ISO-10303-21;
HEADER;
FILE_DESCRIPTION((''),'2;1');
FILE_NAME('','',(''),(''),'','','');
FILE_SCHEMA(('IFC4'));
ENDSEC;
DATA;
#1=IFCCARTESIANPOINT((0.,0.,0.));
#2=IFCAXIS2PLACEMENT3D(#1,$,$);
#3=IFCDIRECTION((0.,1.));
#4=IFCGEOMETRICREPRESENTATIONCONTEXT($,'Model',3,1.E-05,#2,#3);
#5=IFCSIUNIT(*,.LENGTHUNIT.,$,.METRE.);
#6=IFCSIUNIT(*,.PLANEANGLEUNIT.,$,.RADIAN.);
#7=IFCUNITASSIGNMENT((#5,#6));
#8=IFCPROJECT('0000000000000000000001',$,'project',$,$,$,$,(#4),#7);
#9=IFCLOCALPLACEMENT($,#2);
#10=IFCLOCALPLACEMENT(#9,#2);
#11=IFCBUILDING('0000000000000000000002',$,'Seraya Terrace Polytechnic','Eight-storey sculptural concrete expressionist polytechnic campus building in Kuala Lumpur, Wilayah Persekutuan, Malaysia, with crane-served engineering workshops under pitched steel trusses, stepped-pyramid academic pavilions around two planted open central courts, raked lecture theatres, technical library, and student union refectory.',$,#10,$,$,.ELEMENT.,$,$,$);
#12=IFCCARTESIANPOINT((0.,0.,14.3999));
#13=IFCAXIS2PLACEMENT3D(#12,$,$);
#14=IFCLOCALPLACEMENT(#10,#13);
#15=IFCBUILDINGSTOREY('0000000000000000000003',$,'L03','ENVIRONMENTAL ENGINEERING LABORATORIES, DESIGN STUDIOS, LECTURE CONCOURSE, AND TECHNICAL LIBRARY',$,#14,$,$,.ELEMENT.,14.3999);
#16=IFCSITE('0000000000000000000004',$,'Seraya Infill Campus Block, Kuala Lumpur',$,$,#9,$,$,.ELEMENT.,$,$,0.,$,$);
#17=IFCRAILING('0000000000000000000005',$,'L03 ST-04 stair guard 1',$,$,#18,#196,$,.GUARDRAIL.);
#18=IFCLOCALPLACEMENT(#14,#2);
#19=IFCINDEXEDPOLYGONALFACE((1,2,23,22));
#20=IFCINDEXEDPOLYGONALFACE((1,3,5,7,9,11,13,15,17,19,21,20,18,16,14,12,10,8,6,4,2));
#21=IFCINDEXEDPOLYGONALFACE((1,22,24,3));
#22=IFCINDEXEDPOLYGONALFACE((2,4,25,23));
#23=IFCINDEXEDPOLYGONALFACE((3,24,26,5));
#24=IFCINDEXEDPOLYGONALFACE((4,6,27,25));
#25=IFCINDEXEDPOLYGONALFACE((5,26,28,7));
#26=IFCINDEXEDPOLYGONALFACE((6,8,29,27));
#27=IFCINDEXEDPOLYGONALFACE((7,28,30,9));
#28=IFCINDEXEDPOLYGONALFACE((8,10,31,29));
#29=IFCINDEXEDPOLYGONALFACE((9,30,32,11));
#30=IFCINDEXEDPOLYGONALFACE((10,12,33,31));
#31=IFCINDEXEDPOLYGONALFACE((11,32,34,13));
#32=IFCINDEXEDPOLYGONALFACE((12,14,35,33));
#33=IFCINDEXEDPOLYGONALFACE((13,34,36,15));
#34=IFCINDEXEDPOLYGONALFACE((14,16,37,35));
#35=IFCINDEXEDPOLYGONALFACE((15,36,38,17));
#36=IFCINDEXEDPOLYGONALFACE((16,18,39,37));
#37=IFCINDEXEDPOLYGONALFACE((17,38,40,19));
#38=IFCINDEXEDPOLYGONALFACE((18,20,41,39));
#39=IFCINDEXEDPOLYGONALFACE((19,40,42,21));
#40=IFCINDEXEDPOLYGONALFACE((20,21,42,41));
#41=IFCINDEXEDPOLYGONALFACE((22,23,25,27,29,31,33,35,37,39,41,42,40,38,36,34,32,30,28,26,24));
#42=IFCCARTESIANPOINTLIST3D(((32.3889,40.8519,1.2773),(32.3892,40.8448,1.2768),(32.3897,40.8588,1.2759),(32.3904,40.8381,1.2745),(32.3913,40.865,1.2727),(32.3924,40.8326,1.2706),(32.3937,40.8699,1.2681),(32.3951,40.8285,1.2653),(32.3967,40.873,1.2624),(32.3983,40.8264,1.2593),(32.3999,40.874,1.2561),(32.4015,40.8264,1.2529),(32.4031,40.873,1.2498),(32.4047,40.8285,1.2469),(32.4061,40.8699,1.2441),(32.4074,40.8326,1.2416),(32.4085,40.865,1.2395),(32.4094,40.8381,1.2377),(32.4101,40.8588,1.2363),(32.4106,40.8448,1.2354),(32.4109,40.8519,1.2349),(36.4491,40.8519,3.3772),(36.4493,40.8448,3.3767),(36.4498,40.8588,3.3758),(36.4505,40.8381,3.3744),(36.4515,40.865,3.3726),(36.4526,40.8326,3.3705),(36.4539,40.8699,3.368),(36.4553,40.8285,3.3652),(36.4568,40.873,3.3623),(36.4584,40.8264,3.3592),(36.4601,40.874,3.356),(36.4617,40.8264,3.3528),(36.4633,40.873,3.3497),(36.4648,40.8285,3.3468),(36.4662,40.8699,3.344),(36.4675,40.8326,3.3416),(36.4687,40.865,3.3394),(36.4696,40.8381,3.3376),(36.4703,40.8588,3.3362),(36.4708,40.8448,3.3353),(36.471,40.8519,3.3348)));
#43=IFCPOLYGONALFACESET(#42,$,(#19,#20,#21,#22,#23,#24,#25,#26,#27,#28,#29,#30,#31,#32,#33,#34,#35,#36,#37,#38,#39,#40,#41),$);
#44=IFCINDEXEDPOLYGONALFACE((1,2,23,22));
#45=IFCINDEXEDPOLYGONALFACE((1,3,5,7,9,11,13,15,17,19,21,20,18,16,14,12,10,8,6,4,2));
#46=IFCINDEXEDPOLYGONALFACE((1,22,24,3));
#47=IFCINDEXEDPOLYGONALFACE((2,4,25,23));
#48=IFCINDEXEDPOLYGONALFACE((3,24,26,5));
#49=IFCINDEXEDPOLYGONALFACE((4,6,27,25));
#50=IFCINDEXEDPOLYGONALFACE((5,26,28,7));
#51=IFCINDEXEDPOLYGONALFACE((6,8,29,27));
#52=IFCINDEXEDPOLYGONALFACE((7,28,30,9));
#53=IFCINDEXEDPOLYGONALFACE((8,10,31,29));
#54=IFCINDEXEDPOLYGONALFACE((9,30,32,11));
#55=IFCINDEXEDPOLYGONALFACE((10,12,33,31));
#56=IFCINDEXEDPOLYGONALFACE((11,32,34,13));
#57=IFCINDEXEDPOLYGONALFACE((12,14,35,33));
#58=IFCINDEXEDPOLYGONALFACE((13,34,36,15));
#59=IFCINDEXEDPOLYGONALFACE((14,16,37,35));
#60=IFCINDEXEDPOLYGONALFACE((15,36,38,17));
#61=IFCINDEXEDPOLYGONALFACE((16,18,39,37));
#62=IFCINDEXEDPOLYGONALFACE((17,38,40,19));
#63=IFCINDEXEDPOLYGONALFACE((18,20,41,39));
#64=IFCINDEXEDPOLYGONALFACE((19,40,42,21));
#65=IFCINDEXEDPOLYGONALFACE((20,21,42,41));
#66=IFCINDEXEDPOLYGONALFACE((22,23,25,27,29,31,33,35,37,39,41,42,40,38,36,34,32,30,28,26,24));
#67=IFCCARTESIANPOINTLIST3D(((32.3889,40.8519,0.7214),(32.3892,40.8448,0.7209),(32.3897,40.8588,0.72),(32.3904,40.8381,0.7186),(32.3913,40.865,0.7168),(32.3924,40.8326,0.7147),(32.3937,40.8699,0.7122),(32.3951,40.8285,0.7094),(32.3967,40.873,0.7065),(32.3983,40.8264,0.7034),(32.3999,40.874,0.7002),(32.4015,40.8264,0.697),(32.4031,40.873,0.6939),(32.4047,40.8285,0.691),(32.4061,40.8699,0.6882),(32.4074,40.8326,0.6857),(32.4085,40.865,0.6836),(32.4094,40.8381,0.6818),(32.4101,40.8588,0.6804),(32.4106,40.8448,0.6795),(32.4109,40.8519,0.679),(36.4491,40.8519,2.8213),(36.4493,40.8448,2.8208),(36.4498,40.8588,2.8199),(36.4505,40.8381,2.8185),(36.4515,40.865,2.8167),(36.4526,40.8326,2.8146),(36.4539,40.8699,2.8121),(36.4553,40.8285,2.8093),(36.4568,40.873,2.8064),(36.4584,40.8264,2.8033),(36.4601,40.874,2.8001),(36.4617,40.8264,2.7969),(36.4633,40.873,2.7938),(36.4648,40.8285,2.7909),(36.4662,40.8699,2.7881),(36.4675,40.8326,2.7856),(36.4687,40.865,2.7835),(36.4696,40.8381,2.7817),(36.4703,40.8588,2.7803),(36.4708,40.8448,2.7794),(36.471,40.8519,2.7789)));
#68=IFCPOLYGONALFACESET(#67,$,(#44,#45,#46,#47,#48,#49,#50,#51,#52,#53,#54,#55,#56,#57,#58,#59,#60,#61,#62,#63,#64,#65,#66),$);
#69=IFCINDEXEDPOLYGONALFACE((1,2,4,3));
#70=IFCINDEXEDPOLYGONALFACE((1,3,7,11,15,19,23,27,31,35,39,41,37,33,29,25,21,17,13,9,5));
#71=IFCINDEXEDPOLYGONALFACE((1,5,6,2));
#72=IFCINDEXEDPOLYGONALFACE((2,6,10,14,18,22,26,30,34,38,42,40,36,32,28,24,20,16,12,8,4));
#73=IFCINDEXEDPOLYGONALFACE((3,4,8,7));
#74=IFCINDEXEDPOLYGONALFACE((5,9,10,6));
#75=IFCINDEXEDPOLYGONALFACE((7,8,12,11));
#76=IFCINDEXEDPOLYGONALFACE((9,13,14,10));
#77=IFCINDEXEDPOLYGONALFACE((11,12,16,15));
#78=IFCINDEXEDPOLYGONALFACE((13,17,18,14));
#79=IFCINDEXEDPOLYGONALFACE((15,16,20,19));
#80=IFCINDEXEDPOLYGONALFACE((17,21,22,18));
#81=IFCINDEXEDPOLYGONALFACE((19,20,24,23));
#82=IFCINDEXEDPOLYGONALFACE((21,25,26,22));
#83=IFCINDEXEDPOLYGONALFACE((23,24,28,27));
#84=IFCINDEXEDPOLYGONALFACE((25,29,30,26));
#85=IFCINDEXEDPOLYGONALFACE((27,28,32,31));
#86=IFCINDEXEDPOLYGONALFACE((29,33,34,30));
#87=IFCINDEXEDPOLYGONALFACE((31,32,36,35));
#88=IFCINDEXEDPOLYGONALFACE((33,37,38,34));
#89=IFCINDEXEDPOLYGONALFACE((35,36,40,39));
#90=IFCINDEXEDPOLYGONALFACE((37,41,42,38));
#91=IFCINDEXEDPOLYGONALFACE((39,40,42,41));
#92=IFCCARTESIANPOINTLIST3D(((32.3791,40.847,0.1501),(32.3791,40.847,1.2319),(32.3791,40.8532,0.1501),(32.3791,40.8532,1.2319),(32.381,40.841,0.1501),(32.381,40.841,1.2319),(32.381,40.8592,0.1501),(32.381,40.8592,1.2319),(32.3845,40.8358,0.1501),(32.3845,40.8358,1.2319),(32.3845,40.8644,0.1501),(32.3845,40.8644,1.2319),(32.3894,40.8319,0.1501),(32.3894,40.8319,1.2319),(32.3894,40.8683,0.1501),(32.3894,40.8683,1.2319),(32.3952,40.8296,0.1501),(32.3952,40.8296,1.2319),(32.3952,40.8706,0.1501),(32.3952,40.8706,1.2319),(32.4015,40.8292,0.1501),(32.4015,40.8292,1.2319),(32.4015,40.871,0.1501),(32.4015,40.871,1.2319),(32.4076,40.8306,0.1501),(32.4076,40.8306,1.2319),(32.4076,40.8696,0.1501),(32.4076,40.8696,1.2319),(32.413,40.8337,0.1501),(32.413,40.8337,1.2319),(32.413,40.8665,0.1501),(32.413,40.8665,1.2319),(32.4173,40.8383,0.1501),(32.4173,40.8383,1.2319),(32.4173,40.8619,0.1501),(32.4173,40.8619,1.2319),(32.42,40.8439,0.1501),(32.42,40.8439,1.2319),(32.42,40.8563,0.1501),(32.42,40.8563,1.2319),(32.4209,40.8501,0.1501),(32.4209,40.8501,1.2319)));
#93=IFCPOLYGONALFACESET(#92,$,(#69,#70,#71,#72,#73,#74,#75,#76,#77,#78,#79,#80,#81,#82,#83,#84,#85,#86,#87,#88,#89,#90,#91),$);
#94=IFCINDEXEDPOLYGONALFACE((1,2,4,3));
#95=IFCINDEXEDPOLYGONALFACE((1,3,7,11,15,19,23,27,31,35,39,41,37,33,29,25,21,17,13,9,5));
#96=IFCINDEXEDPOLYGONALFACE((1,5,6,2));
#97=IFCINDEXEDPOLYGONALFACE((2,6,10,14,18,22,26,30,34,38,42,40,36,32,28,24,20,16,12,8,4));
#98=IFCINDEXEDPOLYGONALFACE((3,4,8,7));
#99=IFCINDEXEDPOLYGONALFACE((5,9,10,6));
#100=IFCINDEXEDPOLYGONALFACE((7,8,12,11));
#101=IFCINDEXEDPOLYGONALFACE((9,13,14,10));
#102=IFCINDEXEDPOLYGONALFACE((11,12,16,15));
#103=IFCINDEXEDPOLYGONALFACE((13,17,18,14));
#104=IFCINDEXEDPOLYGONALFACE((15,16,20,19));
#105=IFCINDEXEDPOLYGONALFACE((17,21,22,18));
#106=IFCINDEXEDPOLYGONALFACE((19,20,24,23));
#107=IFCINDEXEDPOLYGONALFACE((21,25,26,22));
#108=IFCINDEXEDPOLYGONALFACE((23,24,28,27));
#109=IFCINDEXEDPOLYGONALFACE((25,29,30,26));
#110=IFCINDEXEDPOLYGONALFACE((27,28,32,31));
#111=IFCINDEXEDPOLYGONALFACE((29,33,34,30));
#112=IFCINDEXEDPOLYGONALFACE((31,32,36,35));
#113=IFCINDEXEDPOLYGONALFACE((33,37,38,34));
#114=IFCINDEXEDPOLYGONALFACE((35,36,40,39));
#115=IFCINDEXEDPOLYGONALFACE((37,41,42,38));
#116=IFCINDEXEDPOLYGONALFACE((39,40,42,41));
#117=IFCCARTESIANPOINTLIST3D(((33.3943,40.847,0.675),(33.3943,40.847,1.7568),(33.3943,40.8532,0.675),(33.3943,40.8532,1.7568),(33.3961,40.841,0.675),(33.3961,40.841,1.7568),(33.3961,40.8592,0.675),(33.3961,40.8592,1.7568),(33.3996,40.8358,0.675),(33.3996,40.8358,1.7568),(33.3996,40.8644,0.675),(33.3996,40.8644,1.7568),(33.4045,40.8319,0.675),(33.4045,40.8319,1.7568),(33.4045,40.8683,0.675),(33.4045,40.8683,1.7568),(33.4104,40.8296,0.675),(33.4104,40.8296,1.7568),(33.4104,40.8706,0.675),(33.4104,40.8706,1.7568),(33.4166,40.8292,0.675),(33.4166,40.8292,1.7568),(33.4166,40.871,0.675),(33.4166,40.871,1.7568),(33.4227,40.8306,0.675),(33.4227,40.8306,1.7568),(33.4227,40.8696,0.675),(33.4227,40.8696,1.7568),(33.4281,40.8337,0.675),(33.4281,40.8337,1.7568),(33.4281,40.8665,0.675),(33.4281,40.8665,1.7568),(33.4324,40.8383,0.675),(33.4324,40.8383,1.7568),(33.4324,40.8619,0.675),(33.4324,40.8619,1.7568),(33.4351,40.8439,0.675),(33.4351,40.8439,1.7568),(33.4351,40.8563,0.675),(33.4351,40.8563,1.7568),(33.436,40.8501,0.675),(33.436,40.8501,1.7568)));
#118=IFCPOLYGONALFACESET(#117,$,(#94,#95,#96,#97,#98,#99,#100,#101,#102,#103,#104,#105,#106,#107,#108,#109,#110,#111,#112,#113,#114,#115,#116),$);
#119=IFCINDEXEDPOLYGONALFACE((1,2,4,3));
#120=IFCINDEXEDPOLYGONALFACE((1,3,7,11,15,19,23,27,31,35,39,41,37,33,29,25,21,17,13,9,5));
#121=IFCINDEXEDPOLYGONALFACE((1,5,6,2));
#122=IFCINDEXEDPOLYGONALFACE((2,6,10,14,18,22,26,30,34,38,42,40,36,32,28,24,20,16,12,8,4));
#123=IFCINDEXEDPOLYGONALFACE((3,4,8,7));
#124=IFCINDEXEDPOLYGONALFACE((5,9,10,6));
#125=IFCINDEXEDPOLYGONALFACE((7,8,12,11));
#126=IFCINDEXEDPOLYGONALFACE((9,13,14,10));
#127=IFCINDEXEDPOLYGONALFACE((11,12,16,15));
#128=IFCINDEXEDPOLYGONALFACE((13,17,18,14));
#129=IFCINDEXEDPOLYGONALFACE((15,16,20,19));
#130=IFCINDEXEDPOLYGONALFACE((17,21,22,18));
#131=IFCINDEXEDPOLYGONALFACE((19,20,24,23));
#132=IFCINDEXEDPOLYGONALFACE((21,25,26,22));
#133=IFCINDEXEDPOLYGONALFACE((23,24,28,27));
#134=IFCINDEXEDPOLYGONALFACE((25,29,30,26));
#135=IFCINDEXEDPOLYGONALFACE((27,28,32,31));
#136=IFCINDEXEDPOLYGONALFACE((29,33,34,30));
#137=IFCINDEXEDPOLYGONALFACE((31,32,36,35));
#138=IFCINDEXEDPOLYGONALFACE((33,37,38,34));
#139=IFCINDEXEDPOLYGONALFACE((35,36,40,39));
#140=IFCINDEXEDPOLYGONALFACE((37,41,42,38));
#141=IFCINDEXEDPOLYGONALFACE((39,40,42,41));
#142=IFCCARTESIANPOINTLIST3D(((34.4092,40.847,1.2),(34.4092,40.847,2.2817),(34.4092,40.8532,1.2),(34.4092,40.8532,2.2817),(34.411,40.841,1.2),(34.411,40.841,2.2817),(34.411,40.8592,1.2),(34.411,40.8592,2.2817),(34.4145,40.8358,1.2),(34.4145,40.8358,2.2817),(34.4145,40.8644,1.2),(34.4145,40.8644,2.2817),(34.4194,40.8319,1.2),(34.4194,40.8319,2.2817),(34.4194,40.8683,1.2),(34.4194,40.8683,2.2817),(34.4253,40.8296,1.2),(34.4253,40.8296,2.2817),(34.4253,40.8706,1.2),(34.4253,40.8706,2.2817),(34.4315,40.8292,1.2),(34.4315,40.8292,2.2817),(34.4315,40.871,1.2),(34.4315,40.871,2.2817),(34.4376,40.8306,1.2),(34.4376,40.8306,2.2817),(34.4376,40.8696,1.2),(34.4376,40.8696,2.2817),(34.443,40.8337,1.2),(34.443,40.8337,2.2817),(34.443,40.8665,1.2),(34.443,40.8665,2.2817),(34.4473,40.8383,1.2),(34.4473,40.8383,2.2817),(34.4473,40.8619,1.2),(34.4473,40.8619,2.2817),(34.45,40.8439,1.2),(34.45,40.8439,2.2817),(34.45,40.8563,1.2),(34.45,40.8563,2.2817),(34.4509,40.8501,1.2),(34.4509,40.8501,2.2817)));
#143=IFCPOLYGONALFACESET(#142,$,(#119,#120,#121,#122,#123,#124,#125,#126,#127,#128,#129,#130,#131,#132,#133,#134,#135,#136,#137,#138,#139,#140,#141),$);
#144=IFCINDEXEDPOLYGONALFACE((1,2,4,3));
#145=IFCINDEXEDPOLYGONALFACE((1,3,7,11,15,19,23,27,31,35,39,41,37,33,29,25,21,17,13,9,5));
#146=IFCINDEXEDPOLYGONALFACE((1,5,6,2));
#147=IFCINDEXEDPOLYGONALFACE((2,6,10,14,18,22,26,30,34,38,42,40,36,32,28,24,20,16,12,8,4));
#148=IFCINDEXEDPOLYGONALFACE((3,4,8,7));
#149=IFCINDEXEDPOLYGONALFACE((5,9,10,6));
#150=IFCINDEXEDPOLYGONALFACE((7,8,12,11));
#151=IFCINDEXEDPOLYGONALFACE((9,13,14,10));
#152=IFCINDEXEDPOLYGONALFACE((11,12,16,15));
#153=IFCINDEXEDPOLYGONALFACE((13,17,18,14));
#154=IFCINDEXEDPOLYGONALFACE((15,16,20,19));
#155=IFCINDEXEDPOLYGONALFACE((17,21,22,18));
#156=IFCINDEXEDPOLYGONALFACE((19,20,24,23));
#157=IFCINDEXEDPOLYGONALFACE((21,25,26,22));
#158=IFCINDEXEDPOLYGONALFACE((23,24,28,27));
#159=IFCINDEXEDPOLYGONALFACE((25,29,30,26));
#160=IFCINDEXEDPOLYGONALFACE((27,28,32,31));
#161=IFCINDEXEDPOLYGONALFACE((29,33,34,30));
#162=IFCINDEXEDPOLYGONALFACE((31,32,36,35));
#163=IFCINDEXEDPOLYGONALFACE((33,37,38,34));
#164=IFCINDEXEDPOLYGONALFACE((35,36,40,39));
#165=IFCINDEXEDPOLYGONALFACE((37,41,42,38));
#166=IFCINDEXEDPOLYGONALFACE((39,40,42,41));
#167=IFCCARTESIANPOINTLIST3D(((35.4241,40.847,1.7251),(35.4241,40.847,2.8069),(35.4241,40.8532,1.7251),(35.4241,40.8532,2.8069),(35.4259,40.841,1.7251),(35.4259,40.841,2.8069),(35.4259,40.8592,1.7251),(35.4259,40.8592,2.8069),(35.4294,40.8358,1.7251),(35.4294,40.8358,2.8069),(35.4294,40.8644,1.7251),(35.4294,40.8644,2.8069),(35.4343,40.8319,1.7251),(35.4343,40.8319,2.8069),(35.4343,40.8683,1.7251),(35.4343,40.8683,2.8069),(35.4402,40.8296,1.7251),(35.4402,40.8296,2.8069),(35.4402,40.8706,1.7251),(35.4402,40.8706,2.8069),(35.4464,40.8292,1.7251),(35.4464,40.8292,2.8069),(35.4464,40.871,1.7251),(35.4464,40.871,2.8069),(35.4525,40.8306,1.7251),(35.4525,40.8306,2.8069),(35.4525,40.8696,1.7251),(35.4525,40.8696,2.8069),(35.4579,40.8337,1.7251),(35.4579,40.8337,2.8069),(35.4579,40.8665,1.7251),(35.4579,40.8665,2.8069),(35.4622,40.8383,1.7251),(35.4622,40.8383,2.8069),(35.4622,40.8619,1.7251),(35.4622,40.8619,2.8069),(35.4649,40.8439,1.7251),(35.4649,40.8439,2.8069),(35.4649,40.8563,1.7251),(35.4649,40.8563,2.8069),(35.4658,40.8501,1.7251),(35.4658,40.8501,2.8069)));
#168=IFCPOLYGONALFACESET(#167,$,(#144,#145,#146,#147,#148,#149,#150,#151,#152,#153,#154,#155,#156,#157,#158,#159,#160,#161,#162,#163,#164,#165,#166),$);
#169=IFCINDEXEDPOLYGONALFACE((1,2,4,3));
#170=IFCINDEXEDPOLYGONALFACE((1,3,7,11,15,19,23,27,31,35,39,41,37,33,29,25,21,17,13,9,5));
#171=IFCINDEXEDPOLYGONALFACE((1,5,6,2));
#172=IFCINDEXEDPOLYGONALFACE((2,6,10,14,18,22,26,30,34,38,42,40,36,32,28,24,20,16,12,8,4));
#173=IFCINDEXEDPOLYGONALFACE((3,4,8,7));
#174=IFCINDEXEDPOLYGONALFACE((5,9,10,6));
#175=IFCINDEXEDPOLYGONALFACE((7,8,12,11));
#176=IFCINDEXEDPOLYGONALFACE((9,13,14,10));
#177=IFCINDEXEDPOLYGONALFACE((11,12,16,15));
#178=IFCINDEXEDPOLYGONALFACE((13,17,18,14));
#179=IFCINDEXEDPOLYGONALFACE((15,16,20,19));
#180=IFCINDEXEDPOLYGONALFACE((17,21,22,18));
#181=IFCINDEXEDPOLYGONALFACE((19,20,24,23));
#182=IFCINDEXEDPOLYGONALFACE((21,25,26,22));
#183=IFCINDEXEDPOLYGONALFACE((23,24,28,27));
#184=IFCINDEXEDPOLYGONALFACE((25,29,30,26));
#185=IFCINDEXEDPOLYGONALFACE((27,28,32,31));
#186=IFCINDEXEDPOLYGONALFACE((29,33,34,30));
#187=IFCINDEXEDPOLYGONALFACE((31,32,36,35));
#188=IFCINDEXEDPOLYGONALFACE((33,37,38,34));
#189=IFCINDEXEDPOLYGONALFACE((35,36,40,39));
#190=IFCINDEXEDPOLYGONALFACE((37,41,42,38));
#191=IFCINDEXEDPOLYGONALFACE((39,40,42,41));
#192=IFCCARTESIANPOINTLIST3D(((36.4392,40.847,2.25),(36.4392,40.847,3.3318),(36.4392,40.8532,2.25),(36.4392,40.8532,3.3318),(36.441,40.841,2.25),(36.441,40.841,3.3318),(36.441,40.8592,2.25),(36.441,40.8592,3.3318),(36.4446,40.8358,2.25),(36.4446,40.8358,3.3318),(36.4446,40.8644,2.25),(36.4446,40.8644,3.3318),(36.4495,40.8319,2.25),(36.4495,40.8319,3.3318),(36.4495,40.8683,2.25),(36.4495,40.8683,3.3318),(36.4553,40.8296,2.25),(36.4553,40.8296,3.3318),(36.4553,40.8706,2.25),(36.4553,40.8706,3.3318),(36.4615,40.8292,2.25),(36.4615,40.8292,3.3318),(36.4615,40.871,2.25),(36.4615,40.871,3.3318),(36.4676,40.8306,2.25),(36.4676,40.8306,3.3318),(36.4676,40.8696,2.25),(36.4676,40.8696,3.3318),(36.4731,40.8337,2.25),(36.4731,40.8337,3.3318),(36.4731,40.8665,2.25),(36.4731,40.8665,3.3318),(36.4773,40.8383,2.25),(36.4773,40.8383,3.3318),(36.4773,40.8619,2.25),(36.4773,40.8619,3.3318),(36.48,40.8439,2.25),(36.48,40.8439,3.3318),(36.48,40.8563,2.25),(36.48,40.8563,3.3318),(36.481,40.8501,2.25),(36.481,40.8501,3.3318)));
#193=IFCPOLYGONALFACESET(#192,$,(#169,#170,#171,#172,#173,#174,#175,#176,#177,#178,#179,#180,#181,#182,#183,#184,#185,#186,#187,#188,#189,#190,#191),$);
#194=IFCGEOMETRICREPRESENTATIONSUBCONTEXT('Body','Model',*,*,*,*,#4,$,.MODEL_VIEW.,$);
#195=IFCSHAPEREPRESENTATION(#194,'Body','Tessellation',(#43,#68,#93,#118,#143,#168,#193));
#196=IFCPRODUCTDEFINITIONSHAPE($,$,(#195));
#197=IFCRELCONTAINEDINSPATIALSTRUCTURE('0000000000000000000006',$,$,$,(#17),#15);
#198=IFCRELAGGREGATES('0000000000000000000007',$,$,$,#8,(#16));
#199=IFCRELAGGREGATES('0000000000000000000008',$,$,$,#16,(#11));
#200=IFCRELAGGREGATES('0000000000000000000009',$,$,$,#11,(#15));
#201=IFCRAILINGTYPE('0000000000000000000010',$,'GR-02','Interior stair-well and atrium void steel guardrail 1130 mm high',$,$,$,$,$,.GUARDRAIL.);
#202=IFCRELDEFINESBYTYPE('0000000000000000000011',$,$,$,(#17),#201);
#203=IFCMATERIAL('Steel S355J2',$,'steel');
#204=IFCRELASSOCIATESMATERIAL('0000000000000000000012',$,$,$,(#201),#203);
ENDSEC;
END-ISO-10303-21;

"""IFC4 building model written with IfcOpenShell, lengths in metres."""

from ifc_helpers import new_model, si_unit, direction, frame, origin, origin_2d, place, context, subcontext, project, spatial, circle, extrude, material, type_object, element, save


model = new_model("IFC4")

# Units and contexts
model_context = context("Model", 3, precision=1e-05, world=origin(), true_north=direction((0.0, 1.0)))
body_context = subcontext(model_context, "Body", "Model", "MODEL_VIEW")
ifc_project = project(units=[si_unit("LENGTHUNIT", "METRE"), si_unit("PLANEANGLEUNIT", "RADIAN")], contexts=[model_context])

# Site, building, storey
site_placement = place(None, origin())
site = spatial("IfcSite", under=ifc_project, at=site_placement, Name="Seraya Infill Campus Block, Kuala Lumpur", CompositionType="ELEMENT", RefElevation=0.0)
building_placement = place(site_placement, origin())
building = spatial("IfcBuilding", under=site, at=building_placement, Name="Seraya Terrace Polytechnic", Description="Eight-storey sculptural concrete expressionist polytechnic campus building in Kuala Lumpur, Wilayah Persekutuan, Malaysia, with crane-served engineering workshops under pitched steel trusses, stepped-pyramid academic pavilions around two planted open central courts, raked lecture theatres, technical library, and student union refectory.", CompositionType="ELEMENT")
storey_placement = place(building_placement, frame((0.0, 0.0, 14.3999)))
storey = spatial("IfcBuildingStorey", under=building, at=storey_placement, Name="L03", Description="ENVIRONMENTAL ENGINEERING LABORATORIES, DESIGN STUDIOS, LECTURE CONCOURSE, AND TECHNICAL LIBRARY", CompositionType="ELEMENT", Elevation=14.3999)

# Shared definitions
ifc_material_1 = material(Name="Steel S355J2", Category="steel")

# Railing
railing_type_1 = type_object("IfcRailingType", Name="GR-02", Description="Interior stair-well and atrium void steel guardrail 1130 mm high", PredefinedType="GUARDRAIL", material=ifc_material_1)
railing_1_placement = place(storey_placement, frame((32.3999, 40.8501, 0.1501)))
element("IfcRailing", 1, at=railing_1_placement, inside=storey, type_object=railing_type_1, Name="L03 ST-04 stair guard 1", PredefinedType="GUARDRAIL", context=body_context, shape_type="SweptSolid", body=[
    extrude(circle(Radius=0.0239, at=origin_2d()), frame((0.0, 0.0, 1.106), z_axis=(0.888233, 0.0, 0.459392), x_axis=(0.0, 1.0, 0.0)), (0.0, 0.0, 1.0), 4.571),
    extrude(circle(Radius=0.0239, at=origin_2d()), frame((0.0, 0.0, 0.55), z_axis=(0.888233, 0.0, 0.459392), x_axis=(0.0, 1.0, 0.0)), (0.0, 0.0, 1.0), 4.571),
    extrude(circle(Radius=0.021, at=origin_2d()), origin(), (0.0, 0.0, 1.0), 1.0818),
    extrude(circle(Radius=0.021, at=origin_2d()), frame((1.0151, 0.0, 0.5249)), (0.0, 0.0, 1.0), 1.0818),
    extrude(circle(Radius=0.021, at=origin_2d()), frame((2.03, 0.0, 1.0498)), (0.0, 0.0, 1.0), 1.0818),
    extrude(circle(Radius=0.021, at=origin_2d()), frame((3.0449, 0.0, 1.575)), (0.0, 0.0, 1.0), 1.0818),
    extrude(circle(Radius=0.021, at=origin_2d()), frame((4.0601, 0.0, 2.0999)), (0.0, 0.0, 1.0), 1.0818),
])

save(model, "model.ifc")
